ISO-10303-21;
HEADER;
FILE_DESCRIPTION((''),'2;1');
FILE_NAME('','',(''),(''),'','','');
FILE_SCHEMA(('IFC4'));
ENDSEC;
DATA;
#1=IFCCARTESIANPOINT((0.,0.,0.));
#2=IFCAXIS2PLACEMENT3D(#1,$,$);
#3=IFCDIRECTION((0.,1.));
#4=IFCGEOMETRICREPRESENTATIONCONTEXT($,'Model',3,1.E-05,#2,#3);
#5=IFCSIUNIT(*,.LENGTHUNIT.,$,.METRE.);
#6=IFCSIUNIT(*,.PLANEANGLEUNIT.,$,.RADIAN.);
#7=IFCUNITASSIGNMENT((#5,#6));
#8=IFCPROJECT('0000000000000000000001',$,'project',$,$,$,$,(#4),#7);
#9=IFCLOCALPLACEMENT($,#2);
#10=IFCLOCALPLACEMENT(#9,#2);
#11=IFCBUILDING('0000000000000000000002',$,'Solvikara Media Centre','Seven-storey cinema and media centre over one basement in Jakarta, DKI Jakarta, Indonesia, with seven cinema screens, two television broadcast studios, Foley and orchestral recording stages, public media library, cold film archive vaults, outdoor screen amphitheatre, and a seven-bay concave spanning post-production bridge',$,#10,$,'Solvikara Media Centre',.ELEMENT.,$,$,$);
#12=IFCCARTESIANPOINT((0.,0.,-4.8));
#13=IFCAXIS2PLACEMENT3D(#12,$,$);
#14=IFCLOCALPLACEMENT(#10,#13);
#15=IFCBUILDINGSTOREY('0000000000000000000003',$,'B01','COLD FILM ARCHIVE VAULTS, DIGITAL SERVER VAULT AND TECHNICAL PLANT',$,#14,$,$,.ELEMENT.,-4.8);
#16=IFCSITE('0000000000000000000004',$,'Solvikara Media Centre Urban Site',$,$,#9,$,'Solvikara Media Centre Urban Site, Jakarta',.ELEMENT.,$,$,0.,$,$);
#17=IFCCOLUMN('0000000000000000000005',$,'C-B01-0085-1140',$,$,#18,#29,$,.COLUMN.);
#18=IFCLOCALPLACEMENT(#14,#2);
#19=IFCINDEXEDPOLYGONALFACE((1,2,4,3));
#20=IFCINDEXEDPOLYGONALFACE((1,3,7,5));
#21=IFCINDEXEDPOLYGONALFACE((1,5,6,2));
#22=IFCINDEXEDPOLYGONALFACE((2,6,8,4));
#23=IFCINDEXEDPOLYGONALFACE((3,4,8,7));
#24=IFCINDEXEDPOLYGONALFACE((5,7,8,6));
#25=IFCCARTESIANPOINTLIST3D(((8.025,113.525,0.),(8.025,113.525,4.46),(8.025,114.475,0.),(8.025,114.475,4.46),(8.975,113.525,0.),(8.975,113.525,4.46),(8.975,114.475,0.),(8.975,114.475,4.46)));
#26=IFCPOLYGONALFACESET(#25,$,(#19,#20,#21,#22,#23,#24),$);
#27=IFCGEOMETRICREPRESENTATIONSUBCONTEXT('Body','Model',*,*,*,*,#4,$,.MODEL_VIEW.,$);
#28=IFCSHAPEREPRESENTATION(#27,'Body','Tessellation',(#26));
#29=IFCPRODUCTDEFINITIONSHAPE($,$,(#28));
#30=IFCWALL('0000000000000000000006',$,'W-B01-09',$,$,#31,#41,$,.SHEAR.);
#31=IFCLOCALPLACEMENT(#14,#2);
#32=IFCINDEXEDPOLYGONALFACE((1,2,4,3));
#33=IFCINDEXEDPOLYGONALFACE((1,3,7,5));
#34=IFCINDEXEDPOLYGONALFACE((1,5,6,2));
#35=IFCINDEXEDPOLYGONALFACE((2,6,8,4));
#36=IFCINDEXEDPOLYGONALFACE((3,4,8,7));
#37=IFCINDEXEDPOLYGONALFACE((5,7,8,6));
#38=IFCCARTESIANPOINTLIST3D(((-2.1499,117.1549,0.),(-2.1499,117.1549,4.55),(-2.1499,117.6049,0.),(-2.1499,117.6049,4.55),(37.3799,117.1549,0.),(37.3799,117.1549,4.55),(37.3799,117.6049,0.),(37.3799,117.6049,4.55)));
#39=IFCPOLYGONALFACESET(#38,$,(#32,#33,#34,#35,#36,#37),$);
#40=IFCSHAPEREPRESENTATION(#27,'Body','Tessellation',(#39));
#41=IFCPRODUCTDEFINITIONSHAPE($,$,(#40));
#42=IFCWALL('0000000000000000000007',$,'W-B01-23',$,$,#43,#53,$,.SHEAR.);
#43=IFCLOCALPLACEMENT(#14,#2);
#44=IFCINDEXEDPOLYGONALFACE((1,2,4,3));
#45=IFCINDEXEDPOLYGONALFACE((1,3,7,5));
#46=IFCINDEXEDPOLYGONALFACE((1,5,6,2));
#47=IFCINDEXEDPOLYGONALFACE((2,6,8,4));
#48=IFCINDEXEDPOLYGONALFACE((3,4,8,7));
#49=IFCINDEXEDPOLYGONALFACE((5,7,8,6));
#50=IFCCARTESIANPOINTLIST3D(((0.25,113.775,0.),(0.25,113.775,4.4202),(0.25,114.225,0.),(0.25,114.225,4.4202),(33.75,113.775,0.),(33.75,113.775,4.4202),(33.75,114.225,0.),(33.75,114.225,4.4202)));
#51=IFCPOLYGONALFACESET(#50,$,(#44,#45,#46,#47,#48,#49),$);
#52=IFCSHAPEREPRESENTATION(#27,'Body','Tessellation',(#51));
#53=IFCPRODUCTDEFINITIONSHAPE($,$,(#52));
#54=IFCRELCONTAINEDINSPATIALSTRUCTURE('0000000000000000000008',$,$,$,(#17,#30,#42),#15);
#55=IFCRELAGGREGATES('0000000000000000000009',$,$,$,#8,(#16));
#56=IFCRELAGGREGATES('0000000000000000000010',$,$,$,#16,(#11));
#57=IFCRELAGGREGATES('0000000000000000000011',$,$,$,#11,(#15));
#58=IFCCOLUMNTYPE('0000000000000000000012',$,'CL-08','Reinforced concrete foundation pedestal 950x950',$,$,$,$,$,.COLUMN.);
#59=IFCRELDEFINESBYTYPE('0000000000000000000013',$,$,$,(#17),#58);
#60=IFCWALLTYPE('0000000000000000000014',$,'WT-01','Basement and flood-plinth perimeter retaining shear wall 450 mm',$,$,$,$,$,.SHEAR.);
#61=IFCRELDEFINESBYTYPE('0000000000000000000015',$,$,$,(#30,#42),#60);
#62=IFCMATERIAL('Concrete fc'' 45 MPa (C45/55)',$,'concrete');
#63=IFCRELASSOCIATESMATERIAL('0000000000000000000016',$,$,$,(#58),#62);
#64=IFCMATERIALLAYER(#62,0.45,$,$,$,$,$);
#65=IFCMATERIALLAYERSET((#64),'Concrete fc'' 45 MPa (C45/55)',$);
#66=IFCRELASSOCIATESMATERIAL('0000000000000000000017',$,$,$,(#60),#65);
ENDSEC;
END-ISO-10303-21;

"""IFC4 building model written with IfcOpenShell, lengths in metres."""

from ifc_helpers import new_model, si_unit, direction, frame, frame_2d, origin, origin_2d, place, context, subcontext, project, spatial, rectangle, extrude, material, layer, layer_set, material_profile, profile_set, type_object, element, save


model = new_model("IFC4")

# Units and contexts
model_context = context("Model", 3, precision=1e-05, world=origin(), true_north=direction((0.0, 1.0)))
body_context = subcontext(model_context, "Body", "Model", "MODEL_VIEW")
ifc_project = project(units=[si_unit("LENGTHUNIT", "METRE"), si_unit("PLANEANGLEUNIT", "RADIAN")], contexts=[model_context])

# Site, building, storey
site_placement = place(None, origin())
site = spatial("IfcSite", under=ifc_project, at=site_placement, Name="Solvikara Media Centre Urban Site", LongName="Solvikara Media Centre Urban Site, Jakarta", CompositionType="ELEMENT", RefElevation=0.0)
building_placement = place(site_placement, origin())
building = spatial("IfcBuilding", under=site, at=building_placement, Name="Solvikara Media Centre", Description="Seven-storey cinema and media centre over one basement in Jakarta, DKI Jakarta, Indonesia, with seven cinema screens, two television broadcast studios, Foley and orchestral recording stages, public media library, cold film archive vaults, outdoor screen amphitheatre, and a seven-bay concave spanning post-production bridge", LongName="Solvikara Media Centre", CompositionType="ELEMENT")
storey_placement = place(building_placement, frame((0.0, 0.0, -4.8)))
storey = spatial("IfcBuildingStorey", under=building, at=storey_placement, Name="B01", Description="COLD FILM ARCHIVE VAULTS, DIGITAL SERVER VAULT AND TECHNICAL PLANT", CompositionType="ELEMENT", Elevation=-4.8)

# Column
ifc_material_1 = material(Name="Concrete fc' 45 MPa (C45/55)", Category="concrete")
ifc_material_profile_1 = material_profile(ifc_material_1, rectangle(XDim=0.95, YDim=0.95, at=origin_2d()), Name="RC 950x950")
ifc_profile_set_1 = profile_set([ifc_material_profile_1], Name="Concrete fc' 45 MPa (C45/55)")
column_type_1 = type_object("IfcColumnType", Name="CL-08", Description="Reinforced concrete foundation pedestal 950x950", PredefinedType="COLUMN", material=ifc_profile_set_1)
for number, where, z_axis, x_axis, name in (
    (1, (8.5, 114.0, 0.0), (0.0, 0.0, 1.0), (1.0, 0.0, 0.0), "C-B01-0085-1140"),
):
    element("IfcColumn", number, at=place(storey_placement, frame(where, z_axis=z_axis, x_axis=x_axis)), inside=storey, type_object=column_type_1, Name=name, PredefinedType="COLUMN", context=body_context, shape_type="SweptSolid", body=[
        extrude(rectangle(XDim=0.95, YDim=0.95, at=origin_2d()), origin(), (0.0, 0.0, 1.0), 4.46),
    ])

# Walls
ifc_layer = layer(ifc_material_1, 0.45)
ifc_layer_set = layer_set([ifc_layer], Name="Concrete fc' 45 MPa (C45/55)")
wall_type = type_object("IfcWallType", Name="WT-01", Description="Basement and flood-plinth perimeter retaining shear wall 450 mm", PredefinedType="SHEAR", material=ifc_layer_set)
wall_1_placement = place(storey_placement, frame((-2.1499, 117.3799, 0.0), z_axis=(0.0, 0.0, 1.0), x_axis=(1.0, 0.0, 0.0)))
element("IfcWall", 2, at=wall_1_placement, inside=storey, type_object=wall_type, Name="W-B01-09", PredefinedType="SHEAR", context=body_context, shape_type="SweptSolid", body=[
    extrude(rectangle(XDim=39.5298, YDim=0.45, at=frame_2d((19.7649, 0.0))), origin(), (0.0, 0.0, 1.0), 4.55),
])
wall_2_placement = place(storey_placement, frame((0.25, 114.0, 0.0), z_axis=(0.0, 0.0, 1.0), x_axis=(1.0, 0.0, 0.0)))
element("IfcWall", 3, at=wall_2_placement, inside=storey, type_object=wall_type, Name="W-B01-23", PredefinedType="SHEAR", context=body_context, shape_type="SweptSolid", body=[
    extrude(rectangle(XDim=33.5, YDim=0.45, at=frame_2d((16.75, 0.0))), origin(), (0.0, 0.0, 1.0), 4.4202),
])

save(model, "model.ifc")
